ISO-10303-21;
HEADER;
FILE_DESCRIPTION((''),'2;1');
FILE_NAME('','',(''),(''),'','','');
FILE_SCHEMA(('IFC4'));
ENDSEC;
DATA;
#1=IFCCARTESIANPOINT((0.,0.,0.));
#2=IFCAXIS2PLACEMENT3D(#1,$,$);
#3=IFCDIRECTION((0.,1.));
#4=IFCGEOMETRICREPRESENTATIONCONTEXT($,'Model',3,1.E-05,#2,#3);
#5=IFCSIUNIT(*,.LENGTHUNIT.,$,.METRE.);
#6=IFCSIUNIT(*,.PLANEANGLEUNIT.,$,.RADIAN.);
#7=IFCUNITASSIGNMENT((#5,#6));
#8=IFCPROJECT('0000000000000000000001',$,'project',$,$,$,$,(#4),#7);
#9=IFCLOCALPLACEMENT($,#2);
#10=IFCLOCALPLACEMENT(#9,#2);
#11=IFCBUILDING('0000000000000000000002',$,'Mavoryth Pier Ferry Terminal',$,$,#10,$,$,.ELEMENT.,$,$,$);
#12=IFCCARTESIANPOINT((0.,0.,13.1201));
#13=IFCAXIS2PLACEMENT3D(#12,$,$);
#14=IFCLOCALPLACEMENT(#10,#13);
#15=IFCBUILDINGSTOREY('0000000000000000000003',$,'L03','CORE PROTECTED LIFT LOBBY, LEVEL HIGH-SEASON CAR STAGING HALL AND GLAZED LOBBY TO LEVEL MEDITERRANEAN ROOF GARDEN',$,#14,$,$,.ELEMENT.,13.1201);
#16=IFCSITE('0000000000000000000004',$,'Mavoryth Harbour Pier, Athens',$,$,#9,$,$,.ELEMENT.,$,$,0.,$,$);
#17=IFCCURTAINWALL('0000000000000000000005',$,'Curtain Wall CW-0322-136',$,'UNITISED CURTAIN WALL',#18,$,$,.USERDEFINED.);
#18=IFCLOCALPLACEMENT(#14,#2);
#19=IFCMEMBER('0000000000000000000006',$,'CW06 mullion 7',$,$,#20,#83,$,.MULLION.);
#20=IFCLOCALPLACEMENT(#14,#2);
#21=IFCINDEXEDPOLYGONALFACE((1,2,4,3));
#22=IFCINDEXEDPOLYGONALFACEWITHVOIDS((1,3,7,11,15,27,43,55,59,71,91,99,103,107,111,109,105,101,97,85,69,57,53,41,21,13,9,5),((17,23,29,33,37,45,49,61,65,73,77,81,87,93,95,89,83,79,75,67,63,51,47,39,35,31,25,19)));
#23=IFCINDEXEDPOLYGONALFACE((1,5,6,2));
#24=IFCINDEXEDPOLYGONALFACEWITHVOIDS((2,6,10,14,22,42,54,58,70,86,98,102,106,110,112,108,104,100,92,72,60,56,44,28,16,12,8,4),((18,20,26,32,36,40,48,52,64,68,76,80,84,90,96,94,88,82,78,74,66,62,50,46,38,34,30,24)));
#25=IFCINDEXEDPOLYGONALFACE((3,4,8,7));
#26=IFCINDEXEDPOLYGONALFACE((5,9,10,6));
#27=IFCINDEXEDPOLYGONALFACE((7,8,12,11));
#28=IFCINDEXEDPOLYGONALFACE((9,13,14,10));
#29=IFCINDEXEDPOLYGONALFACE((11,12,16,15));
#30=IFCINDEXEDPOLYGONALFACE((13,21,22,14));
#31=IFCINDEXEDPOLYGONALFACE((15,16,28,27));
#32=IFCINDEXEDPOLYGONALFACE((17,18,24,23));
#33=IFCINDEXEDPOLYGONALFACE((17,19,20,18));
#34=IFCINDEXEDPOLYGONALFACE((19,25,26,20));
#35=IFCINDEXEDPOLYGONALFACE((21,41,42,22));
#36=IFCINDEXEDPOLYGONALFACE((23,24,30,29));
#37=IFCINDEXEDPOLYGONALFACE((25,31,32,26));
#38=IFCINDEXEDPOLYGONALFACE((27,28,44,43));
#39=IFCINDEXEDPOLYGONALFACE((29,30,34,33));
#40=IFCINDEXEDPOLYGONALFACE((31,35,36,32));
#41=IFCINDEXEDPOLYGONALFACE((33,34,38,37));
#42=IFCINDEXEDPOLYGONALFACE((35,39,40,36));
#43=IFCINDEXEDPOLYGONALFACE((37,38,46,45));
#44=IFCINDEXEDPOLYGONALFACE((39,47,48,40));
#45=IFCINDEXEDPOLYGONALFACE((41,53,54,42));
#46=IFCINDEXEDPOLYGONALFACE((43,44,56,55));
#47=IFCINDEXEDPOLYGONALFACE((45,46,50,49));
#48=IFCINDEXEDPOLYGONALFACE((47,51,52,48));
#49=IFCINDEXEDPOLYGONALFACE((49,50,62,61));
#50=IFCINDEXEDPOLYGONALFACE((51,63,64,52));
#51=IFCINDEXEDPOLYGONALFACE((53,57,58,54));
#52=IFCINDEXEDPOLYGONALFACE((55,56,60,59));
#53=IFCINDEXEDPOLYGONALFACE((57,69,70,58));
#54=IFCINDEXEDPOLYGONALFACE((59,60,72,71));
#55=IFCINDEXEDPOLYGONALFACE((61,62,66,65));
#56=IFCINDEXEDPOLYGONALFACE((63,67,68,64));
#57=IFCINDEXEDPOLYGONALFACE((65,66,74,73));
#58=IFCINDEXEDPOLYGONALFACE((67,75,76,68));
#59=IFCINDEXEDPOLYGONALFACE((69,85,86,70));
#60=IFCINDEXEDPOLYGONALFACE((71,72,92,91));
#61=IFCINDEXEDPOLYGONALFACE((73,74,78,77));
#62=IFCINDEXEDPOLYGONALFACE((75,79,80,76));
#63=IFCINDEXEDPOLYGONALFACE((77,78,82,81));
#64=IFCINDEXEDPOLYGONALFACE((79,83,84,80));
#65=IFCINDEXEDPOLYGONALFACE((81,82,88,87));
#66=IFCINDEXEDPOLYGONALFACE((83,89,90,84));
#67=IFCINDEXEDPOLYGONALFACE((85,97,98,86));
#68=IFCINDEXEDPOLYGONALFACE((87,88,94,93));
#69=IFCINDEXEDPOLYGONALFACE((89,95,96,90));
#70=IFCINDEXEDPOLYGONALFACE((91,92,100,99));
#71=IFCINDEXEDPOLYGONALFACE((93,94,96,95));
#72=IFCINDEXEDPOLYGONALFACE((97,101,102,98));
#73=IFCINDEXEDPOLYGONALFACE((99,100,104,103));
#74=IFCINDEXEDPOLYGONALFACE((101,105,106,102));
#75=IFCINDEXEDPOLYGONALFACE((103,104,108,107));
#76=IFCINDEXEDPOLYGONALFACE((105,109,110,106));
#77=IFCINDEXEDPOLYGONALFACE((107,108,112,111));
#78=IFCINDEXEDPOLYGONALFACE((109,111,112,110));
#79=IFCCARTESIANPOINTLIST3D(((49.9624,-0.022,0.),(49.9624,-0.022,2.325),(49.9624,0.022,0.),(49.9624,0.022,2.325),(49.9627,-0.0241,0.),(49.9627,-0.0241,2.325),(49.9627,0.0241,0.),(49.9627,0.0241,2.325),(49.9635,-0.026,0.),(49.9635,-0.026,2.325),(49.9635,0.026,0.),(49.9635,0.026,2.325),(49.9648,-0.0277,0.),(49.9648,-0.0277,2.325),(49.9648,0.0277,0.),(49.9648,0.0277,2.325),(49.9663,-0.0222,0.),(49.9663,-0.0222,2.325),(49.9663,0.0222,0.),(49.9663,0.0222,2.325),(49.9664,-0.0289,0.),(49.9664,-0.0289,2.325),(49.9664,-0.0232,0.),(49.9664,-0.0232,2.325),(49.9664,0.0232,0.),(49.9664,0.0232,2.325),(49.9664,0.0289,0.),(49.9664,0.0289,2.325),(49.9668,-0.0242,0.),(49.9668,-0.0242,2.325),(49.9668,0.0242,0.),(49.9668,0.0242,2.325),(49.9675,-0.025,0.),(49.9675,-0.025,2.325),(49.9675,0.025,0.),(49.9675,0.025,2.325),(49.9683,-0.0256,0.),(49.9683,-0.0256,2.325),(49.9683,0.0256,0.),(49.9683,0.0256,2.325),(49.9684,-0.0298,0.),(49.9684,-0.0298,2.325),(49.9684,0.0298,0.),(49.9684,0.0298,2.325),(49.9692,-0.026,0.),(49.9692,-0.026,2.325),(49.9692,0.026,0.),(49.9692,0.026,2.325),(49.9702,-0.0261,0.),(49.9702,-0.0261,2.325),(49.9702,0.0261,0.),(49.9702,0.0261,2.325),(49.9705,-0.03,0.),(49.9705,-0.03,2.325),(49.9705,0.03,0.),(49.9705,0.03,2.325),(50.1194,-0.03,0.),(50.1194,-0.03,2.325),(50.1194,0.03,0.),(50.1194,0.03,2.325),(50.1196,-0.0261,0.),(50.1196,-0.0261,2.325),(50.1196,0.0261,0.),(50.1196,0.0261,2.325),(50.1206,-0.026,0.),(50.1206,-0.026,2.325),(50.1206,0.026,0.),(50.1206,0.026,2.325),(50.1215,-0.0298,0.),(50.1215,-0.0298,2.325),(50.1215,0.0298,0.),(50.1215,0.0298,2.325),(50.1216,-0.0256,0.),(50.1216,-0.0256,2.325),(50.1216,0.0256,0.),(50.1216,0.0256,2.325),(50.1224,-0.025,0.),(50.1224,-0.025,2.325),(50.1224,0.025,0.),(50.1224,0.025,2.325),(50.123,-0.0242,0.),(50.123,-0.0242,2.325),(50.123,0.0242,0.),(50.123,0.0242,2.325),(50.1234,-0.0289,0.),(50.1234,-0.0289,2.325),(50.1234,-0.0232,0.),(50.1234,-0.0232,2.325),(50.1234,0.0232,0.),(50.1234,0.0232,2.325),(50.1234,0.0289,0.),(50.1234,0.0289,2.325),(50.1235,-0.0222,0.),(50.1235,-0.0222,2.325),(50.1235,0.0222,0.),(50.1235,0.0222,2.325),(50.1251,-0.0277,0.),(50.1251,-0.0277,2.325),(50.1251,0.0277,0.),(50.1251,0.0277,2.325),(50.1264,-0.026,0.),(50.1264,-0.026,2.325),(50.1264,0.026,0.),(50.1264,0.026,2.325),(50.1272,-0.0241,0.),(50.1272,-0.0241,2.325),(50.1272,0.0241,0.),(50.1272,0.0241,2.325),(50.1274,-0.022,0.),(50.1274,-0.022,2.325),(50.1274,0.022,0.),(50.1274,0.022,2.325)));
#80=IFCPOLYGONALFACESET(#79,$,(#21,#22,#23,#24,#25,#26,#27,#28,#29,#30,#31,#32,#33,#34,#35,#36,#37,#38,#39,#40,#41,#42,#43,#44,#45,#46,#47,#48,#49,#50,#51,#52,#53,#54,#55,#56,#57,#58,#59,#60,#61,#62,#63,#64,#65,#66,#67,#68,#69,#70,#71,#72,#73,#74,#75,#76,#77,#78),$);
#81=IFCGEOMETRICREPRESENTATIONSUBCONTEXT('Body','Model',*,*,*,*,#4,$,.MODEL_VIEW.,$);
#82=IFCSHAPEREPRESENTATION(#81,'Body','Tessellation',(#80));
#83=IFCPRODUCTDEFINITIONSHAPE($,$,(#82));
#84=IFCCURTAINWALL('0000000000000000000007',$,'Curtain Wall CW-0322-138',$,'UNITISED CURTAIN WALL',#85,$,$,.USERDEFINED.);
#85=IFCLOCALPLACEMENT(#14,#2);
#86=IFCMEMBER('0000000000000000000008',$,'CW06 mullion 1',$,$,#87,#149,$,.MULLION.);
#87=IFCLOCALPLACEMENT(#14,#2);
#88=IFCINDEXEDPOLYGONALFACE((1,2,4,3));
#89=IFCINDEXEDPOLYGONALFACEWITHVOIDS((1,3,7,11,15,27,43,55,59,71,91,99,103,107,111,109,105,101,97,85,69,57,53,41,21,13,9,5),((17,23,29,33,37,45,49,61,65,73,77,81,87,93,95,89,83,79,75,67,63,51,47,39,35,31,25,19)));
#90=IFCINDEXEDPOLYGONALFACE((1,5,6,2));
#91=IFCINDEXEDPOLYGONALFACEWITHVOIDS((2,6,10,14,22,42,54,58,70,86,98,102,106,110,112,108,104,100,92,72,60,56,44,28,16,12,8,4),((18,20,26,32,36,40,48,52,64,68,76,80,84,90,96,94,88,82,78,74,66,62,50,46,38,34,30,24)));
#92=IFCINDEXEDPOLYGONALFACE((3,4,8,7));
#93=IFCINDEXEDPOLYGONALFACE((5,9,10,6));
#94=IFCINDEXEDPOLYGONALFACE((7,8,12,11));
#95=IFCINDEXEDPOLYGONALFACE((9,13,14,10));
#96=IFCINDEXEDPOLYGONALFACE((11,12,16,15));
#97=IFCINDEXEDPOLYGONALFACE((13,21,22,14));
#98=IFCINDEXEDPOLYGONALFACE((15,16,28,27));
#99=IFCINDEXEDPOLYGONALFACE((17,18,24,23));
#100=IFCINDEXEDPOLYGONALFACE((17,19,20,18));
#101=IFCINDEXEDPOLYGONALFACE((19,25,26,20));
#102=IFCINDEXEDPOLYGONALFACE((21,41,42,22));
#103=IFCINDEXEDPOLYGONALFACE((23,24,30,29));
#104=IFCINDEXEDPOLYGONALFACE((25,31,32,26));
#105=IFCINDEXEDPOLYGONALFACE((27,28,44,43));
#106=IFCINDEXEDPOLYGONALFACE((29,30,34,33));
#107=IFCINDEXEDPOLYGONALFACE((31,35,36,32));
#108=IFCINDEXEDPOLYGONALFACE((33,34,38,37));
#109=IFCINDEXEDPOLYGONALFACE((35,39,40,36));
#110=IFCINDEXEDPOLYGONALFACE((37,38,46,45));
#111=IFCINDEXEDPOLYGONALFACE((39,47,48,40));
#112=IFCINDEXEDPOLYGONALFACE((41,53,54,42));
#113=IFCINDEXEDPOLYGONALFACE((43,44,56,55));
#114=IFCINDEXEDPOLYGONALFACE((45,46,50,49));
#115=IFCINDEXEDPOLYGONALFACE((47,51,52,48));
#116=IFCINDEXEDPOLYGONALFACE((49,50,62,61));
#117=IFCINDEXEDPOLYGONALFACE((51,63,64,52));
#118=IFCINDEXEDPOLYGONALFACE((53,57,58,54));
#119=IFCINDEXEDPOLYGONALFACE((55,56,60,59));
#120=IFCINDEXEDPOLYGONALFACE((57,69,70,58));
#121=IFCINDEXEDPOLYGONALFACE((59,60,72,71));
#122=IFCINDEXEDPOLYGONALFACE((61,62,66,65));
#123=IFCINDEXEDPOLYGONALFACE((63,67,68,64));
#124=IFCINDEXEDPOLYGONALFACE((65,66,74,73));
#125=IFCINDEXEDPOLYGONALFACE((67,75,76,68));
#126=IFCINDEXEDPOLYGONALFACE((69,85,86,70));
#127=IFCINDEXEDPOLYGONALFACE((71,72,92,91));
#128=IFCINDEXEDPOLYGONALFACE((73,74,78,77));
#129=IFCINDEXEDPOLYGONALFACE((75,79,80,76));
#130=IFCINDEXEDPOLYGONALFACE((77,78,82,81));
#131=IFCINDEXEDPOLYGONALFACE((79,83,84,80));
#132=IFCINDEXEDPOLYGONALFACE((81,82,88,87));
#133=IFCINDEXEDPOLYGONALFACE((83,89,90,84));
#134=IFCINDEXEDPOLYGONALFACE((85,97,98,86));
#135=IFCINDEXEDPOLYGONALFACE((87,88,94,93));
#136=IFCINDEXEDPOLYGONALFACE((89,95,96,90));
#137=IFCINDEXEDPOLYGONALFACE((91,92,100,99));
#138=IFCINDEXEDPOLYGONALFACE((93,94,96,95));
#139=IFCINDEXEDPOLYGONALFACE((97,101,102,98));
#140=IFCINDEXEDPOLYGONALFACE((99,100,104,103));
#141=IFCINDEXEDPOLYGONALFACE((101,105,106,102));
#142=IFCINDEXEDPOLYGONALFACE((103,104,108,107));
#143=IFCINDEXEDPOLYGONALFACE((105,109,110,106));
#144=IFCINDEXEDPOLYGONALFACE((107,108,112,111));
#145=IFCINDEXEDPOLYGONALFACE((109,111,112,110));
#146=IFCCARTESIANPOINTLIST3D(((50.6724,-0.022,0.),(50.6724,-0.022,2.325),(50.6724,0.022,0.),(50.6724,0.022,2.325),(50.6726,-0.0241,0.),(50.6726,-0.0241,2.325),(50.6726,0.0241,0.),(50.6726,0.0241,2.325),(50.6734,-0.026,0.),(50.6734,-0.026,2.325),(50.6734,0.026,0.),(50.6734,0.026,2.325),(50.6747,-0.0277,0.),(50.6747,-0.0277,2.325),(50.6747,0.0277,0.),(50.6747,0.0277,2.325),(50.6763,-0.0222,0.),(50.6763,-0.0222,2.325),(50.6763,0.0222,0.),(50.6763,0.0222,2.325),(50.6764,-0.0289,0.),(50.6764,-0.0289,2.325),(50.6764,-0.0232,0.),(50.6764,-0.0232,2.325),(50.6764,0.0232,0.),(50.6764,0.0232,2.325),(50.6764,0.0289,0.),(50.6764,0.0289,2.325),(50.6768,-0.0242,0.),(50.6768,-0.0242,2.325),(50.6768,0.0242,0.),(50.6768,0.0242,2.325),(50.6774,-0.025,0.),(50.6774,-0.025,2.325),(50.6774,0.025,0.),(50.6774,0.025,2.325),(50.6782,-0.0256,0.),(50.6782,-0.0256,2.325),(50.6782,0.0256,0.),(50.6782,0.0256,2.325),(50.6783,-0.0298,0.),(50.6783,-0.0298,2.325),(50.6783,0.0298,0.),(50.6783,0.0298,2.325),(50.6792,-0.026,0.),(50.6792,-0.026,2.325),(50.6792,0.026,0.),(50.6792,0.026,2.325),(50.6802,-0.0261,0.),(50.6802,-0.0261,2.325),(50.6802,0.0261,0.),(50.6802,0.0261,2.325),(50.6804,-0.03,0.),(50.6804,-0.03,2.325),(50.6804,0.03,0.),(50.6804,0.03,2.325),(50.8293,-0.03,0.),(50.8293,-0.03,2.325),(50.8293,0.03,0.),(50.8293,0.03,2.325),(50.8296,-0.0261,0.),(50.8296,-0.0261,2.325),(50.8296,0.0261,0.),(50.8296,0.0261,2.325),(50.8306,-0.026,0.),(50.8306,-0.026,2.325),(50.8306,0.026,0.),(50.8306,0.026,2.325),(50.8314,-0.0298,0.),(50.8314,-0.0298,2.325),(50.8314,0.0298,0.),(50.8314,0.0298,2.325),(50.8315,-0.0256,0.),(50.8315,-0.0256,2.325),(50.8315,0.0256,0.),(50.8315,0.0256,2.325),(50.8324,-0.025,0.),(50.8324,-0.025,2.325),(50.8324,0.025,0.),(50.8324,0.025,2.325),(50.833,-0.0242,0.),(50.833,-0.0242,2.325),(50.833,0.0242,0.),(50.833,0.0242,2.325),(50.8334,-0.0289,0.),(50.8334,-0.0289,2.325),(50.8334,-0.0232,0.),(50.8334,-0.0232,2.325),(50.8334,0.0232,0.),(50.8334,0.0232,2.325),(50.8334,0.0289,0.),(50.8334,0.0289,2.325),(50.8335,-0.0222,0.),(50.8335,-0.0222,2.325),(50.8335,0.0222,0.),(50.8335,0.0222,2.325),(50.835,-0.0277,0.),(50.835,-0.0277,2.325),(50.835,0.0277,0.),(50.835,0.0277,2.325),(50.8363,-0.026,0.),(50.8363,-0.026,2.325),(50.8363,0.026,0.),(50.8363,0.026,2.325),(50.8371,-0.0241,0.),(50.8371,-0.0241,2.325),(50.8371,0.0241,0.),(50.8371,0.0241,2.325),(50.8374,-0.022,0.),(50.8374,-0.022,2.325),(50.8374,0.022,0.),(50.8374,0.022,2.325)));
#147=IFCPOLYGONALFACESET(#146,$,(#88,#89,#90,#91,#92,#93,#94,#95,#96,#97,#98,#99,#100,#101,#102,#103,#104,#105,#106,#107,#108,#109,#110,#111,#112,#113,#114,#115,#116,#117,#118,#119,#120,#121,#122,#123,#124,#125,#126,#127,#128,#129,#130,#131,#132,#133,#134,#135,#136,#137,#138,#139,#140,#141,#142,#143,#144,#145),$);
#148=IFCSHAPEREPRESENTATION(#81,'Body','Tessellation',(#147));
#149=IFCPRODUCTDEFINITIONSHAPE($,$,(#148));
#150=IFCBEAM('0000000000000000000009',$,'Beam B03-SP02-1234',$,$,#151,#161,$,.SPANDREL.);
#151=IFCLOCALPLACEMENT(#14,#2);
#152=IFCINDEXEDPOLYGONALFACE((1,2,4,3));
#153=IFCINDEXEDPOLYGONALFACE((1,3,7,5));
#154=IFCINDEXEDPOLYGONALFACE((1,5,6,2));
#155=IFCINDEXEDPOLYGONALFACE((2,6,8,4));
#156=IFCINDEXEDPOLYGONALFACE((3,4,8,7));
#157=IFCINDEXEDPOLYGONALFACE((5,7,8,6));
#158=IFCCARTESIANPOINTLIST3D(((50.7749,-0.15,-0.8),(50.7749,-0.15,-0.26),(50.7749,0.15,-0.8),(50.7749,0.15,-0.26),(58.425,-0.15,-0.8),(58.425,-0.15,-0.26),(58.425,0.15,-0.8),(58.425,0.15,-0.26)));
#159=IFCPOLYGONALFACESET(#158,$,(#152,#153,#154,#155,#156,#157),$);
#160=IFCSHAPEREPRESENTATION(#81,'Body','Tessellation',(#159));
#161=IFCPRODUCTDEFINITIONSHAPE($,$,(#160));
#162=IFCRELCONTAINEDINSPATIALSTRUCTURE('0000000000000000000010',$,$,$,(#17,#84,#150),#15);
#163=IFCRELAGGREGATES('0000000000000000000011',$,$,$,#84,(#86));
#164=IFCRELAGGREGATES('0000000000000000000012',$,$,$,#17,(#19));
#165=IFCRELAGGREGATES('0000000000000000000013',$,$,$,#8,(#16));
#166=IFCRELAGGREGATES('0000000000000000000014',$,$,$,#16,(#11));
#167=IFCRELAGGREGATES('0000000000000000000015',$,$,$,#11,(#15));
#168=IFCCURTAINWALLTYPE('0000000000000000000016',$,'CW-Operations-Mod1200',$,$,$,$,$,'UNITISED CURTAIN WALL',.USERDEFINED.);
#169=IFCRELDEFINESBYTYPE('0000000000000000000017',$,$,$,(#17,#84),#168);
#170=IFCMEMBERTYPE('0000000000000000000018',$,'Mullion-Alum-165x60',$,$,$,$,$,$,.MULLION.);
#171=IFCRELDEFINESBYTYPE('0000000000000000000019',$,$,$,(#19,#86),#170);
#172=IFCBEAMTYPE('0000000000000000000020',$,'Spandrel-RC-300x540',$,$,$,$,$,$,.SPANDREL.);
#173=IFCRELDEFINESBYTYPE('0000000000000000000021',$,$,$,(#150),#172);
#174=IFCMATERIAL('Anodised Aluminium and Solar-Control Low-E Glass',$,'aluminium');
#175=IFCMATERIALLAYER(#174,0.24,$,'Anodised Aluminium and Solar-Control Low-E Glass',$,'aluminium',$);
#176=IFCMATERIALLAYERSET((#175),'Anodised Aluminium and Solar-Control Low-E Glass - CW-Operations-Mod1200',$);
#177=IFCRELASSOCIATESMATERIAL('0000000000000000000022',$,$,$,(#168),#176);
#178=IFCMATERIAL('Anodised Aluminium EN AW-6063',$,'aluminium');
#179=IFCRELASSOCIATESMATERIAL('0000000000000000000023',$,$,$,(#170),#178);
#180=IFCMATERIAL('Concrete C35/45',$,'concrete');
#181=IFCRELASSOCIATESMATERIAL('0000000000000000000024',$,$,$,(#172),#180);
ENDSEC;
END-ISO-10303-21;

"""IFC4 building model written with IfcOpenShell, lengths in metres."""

from ifc_helpers import new_model, si_unit, direction, frame, origin, origin_2d, place, context, subcontext, project, spatial, rectangle, hollow_rectangle, extrude, material, layer, layer_set, material_profile, profile_set, type_object, element, aggregate, save


model = new_model("IFC4")

# Units and contexts
model_context = context("Model", 3, precision=1e-05, world=origin(), true_north=direction((0.0, 1.0)))
body_context = subcontext(model_context, "Body", "Model", "MODEL_VIEW")
ifc_project = project(units=[si_unit("LENGTHUNIT", "METRE"), si_unit("PLANEANGLEUNIT", "RADIAN")], contexts=[model_context])

# Site, building, storey
site_placement = place(None, origin())
site = spatial("IfcSite", under=ifc_project, at=site_placement, Name="Mavoryth Harbour Pier, Athens", CompositionType="ELEMENT", RefElevation=0.0)
building_placement = place(site_placement, origin())
building = spatial("IfcBuilding", under=site, at=building_placement, Name="Mavoryth Pier Ferry Terminal", CompositionType="ELEMENT")
storey_placement = place(building_placement, frame((0.0, 0.0, 13.1201)))
storey = spatial("IfcBuildingStorey", under=building, at=storey_placement, Name="L03", Description="CORE PROTECTED LIFT LOBBY, LEVEL HIGH-SEASON CAR STAGING HALL AND GLAZED LOBBY TO LEVEL MEDITERRANEAN ROOF GARDEN", CompositionType="ELEMENT", Elevation=13.1201)

# Shared definitions
ifc_material_1 = material(Name="Concrete C35/45", Category="concrete")

# Curtain wall, member
ifc_material_2 = material(Name="Anodised Aluminium and Solar-Control Low-E Glass", Category="aluminium")
ifc_layer_1 = layer(ifc_material_2, 0.24, Name="Anodised Aluminium and Solar-Control Low-E Glass", Category="aluminium")
ifc_layer_set_1 = layer_set([ifc_layer_1], Name="Anodised Aluminium and Solar-Control Low-E Glass - CW-Operations-Mod1200")
curtain_wall_type = type_object("IfcCurtainWallType", Name="CW-Operations-Mod1200", ElementType="UNITISED CURTAIN WALL", PredefinedType="USERDEFINED", material=ifc_layer_set_1)
curtain_wall_1_placement = place(storey_placement, origin())
curtain_wall_1 = element("IfcCurtainWall", 1, at=curtain_wall_1_placement, inside=storey, type_object=curtain_wall_type, Name="Curtain Wall CW-0322-136", ObjectType="UNITISED CURTAIN WALL", PredefinedType="USERDEFINED")
ifc_material_3 = material(Name="Anodised Aluminium EN AW-6063", Category="aluminium")
ifc_material_profile_1 = material_profile(ifc_material_3, hollow_rectangle(XDim=0.0601, YDim=0.165, WallThickness=0.0039, InnerFilletRadius=0.0039, OuterFilletRadius=0.0081, at=origin_2d()), Name="AL-MULL 165x60x4", Category="aluminium")
ifc_profile_set_1 = profile_set([ifc_material_profile_1], Name="Anodised Aluminium EN AW-6063 - AL-MULL 165x60x4")
member_type_1 = type_object("IfcMemberType", Name="Mullion-Alum-165x60", PredefinedType="MULLION", material=ifc_profile_set_1)
member_1_placement = place(storey_placement, frame((50.0449, 0.0, 0.0), z_axis=(0.0, 0.0, 1.0), x_axis=(0.0, 1.0, 0.0)))
member_1 = element("IfcMember", 2, at=member_1_placement, type_object=member_type_1, Name="CW06 mullion 7", PredefinedType="MULLION", context=body_context, shape_type="SweptSolid", body=[
    extrude(hollow_rectangle(XDim=0.0601, YDim=0.165, WallThickness=0.0039, InnerFilletRadius=0.0039, OuterFilletRadius=0.0081, at=origin_2d()), origin(), (0.0, 0.0, 1.0), 2.325),
])

# Curtain wall, member
curtain_wall_2_placement = place(storey_placement, origin())
curtain_wall_2 = element("IfcCurtainWall", 3, at=curtain_wall_2_placement, inside=storey, type_object=curtain_wall_type, Name="Curtain Wall CW-0322-138", ObjectType="UNITISED CURTAIN WALL", PredefinedType="USERDEFINED")
member_2_placement = place(storey_placement, frame((50.7549, 0.0, 0.0), z_axis=(0.0, 0.0, 1.0), x_axis=(0.0, 1.0, 0.0)))
member_2 = element("IfcMember", 4, at=member_2_placement, type_object=member_type_1, Name="CW06 mullion 1", PredefinedType="MULLION", context=body_context, shape_type="SweptSolid", body=[
    extrude(hollow_rectangle(XDim=0.0601, YDim=0.165, WallThickness=0.0039, InnerFilletRadius=0.0039, OuterFilletRadius=0.0081, at=origin_2d()), origin(), (0.0, 0.0, 1.0), 2.325),
])
aggregate(curtain_wall_2, [member_2])

# Beam
ifc_material_profile_2 = material_profile(ifc_material_1, rectangle(XDim=0.3, YDim=0.54, at=origin_2d()), Name="RC 300x540", Category="concrete")
ifc_profile_set_2 = profile_set([ifc_material_profile_2], Name="Concrete C35/45 - RC 300x540")
beam_type_1 = type_object("IfcBeamType", Name="Spandrel-RC-300x540", PredefinedType="SPANDREL", material=ifc_profile_set_2)
beam_1_placement = place(storey_placement, frame((50.7749, 0.0, -0.53), z_axis=(1.0, 0.0, 0.0), x_axis=(0.0, 1.0, 0.0)))
element("IfcBeam", 5, at=beam_1_placement, inside=storey, type_object=beam_type_1, Name="Beam B03-SP02-1234", PredefinedType="SPANDREL", context=body_context, shape_type="SweptSolid", body=[
    extrude(rectangle(XDim=0.3, YDim=0.54, at=origin_2d()), origin(), (0.0, 0.0, 1.0), 7.6501),
])

aggregate(curtain_wall_1, [member_1])

save(model, "model.ifc")
